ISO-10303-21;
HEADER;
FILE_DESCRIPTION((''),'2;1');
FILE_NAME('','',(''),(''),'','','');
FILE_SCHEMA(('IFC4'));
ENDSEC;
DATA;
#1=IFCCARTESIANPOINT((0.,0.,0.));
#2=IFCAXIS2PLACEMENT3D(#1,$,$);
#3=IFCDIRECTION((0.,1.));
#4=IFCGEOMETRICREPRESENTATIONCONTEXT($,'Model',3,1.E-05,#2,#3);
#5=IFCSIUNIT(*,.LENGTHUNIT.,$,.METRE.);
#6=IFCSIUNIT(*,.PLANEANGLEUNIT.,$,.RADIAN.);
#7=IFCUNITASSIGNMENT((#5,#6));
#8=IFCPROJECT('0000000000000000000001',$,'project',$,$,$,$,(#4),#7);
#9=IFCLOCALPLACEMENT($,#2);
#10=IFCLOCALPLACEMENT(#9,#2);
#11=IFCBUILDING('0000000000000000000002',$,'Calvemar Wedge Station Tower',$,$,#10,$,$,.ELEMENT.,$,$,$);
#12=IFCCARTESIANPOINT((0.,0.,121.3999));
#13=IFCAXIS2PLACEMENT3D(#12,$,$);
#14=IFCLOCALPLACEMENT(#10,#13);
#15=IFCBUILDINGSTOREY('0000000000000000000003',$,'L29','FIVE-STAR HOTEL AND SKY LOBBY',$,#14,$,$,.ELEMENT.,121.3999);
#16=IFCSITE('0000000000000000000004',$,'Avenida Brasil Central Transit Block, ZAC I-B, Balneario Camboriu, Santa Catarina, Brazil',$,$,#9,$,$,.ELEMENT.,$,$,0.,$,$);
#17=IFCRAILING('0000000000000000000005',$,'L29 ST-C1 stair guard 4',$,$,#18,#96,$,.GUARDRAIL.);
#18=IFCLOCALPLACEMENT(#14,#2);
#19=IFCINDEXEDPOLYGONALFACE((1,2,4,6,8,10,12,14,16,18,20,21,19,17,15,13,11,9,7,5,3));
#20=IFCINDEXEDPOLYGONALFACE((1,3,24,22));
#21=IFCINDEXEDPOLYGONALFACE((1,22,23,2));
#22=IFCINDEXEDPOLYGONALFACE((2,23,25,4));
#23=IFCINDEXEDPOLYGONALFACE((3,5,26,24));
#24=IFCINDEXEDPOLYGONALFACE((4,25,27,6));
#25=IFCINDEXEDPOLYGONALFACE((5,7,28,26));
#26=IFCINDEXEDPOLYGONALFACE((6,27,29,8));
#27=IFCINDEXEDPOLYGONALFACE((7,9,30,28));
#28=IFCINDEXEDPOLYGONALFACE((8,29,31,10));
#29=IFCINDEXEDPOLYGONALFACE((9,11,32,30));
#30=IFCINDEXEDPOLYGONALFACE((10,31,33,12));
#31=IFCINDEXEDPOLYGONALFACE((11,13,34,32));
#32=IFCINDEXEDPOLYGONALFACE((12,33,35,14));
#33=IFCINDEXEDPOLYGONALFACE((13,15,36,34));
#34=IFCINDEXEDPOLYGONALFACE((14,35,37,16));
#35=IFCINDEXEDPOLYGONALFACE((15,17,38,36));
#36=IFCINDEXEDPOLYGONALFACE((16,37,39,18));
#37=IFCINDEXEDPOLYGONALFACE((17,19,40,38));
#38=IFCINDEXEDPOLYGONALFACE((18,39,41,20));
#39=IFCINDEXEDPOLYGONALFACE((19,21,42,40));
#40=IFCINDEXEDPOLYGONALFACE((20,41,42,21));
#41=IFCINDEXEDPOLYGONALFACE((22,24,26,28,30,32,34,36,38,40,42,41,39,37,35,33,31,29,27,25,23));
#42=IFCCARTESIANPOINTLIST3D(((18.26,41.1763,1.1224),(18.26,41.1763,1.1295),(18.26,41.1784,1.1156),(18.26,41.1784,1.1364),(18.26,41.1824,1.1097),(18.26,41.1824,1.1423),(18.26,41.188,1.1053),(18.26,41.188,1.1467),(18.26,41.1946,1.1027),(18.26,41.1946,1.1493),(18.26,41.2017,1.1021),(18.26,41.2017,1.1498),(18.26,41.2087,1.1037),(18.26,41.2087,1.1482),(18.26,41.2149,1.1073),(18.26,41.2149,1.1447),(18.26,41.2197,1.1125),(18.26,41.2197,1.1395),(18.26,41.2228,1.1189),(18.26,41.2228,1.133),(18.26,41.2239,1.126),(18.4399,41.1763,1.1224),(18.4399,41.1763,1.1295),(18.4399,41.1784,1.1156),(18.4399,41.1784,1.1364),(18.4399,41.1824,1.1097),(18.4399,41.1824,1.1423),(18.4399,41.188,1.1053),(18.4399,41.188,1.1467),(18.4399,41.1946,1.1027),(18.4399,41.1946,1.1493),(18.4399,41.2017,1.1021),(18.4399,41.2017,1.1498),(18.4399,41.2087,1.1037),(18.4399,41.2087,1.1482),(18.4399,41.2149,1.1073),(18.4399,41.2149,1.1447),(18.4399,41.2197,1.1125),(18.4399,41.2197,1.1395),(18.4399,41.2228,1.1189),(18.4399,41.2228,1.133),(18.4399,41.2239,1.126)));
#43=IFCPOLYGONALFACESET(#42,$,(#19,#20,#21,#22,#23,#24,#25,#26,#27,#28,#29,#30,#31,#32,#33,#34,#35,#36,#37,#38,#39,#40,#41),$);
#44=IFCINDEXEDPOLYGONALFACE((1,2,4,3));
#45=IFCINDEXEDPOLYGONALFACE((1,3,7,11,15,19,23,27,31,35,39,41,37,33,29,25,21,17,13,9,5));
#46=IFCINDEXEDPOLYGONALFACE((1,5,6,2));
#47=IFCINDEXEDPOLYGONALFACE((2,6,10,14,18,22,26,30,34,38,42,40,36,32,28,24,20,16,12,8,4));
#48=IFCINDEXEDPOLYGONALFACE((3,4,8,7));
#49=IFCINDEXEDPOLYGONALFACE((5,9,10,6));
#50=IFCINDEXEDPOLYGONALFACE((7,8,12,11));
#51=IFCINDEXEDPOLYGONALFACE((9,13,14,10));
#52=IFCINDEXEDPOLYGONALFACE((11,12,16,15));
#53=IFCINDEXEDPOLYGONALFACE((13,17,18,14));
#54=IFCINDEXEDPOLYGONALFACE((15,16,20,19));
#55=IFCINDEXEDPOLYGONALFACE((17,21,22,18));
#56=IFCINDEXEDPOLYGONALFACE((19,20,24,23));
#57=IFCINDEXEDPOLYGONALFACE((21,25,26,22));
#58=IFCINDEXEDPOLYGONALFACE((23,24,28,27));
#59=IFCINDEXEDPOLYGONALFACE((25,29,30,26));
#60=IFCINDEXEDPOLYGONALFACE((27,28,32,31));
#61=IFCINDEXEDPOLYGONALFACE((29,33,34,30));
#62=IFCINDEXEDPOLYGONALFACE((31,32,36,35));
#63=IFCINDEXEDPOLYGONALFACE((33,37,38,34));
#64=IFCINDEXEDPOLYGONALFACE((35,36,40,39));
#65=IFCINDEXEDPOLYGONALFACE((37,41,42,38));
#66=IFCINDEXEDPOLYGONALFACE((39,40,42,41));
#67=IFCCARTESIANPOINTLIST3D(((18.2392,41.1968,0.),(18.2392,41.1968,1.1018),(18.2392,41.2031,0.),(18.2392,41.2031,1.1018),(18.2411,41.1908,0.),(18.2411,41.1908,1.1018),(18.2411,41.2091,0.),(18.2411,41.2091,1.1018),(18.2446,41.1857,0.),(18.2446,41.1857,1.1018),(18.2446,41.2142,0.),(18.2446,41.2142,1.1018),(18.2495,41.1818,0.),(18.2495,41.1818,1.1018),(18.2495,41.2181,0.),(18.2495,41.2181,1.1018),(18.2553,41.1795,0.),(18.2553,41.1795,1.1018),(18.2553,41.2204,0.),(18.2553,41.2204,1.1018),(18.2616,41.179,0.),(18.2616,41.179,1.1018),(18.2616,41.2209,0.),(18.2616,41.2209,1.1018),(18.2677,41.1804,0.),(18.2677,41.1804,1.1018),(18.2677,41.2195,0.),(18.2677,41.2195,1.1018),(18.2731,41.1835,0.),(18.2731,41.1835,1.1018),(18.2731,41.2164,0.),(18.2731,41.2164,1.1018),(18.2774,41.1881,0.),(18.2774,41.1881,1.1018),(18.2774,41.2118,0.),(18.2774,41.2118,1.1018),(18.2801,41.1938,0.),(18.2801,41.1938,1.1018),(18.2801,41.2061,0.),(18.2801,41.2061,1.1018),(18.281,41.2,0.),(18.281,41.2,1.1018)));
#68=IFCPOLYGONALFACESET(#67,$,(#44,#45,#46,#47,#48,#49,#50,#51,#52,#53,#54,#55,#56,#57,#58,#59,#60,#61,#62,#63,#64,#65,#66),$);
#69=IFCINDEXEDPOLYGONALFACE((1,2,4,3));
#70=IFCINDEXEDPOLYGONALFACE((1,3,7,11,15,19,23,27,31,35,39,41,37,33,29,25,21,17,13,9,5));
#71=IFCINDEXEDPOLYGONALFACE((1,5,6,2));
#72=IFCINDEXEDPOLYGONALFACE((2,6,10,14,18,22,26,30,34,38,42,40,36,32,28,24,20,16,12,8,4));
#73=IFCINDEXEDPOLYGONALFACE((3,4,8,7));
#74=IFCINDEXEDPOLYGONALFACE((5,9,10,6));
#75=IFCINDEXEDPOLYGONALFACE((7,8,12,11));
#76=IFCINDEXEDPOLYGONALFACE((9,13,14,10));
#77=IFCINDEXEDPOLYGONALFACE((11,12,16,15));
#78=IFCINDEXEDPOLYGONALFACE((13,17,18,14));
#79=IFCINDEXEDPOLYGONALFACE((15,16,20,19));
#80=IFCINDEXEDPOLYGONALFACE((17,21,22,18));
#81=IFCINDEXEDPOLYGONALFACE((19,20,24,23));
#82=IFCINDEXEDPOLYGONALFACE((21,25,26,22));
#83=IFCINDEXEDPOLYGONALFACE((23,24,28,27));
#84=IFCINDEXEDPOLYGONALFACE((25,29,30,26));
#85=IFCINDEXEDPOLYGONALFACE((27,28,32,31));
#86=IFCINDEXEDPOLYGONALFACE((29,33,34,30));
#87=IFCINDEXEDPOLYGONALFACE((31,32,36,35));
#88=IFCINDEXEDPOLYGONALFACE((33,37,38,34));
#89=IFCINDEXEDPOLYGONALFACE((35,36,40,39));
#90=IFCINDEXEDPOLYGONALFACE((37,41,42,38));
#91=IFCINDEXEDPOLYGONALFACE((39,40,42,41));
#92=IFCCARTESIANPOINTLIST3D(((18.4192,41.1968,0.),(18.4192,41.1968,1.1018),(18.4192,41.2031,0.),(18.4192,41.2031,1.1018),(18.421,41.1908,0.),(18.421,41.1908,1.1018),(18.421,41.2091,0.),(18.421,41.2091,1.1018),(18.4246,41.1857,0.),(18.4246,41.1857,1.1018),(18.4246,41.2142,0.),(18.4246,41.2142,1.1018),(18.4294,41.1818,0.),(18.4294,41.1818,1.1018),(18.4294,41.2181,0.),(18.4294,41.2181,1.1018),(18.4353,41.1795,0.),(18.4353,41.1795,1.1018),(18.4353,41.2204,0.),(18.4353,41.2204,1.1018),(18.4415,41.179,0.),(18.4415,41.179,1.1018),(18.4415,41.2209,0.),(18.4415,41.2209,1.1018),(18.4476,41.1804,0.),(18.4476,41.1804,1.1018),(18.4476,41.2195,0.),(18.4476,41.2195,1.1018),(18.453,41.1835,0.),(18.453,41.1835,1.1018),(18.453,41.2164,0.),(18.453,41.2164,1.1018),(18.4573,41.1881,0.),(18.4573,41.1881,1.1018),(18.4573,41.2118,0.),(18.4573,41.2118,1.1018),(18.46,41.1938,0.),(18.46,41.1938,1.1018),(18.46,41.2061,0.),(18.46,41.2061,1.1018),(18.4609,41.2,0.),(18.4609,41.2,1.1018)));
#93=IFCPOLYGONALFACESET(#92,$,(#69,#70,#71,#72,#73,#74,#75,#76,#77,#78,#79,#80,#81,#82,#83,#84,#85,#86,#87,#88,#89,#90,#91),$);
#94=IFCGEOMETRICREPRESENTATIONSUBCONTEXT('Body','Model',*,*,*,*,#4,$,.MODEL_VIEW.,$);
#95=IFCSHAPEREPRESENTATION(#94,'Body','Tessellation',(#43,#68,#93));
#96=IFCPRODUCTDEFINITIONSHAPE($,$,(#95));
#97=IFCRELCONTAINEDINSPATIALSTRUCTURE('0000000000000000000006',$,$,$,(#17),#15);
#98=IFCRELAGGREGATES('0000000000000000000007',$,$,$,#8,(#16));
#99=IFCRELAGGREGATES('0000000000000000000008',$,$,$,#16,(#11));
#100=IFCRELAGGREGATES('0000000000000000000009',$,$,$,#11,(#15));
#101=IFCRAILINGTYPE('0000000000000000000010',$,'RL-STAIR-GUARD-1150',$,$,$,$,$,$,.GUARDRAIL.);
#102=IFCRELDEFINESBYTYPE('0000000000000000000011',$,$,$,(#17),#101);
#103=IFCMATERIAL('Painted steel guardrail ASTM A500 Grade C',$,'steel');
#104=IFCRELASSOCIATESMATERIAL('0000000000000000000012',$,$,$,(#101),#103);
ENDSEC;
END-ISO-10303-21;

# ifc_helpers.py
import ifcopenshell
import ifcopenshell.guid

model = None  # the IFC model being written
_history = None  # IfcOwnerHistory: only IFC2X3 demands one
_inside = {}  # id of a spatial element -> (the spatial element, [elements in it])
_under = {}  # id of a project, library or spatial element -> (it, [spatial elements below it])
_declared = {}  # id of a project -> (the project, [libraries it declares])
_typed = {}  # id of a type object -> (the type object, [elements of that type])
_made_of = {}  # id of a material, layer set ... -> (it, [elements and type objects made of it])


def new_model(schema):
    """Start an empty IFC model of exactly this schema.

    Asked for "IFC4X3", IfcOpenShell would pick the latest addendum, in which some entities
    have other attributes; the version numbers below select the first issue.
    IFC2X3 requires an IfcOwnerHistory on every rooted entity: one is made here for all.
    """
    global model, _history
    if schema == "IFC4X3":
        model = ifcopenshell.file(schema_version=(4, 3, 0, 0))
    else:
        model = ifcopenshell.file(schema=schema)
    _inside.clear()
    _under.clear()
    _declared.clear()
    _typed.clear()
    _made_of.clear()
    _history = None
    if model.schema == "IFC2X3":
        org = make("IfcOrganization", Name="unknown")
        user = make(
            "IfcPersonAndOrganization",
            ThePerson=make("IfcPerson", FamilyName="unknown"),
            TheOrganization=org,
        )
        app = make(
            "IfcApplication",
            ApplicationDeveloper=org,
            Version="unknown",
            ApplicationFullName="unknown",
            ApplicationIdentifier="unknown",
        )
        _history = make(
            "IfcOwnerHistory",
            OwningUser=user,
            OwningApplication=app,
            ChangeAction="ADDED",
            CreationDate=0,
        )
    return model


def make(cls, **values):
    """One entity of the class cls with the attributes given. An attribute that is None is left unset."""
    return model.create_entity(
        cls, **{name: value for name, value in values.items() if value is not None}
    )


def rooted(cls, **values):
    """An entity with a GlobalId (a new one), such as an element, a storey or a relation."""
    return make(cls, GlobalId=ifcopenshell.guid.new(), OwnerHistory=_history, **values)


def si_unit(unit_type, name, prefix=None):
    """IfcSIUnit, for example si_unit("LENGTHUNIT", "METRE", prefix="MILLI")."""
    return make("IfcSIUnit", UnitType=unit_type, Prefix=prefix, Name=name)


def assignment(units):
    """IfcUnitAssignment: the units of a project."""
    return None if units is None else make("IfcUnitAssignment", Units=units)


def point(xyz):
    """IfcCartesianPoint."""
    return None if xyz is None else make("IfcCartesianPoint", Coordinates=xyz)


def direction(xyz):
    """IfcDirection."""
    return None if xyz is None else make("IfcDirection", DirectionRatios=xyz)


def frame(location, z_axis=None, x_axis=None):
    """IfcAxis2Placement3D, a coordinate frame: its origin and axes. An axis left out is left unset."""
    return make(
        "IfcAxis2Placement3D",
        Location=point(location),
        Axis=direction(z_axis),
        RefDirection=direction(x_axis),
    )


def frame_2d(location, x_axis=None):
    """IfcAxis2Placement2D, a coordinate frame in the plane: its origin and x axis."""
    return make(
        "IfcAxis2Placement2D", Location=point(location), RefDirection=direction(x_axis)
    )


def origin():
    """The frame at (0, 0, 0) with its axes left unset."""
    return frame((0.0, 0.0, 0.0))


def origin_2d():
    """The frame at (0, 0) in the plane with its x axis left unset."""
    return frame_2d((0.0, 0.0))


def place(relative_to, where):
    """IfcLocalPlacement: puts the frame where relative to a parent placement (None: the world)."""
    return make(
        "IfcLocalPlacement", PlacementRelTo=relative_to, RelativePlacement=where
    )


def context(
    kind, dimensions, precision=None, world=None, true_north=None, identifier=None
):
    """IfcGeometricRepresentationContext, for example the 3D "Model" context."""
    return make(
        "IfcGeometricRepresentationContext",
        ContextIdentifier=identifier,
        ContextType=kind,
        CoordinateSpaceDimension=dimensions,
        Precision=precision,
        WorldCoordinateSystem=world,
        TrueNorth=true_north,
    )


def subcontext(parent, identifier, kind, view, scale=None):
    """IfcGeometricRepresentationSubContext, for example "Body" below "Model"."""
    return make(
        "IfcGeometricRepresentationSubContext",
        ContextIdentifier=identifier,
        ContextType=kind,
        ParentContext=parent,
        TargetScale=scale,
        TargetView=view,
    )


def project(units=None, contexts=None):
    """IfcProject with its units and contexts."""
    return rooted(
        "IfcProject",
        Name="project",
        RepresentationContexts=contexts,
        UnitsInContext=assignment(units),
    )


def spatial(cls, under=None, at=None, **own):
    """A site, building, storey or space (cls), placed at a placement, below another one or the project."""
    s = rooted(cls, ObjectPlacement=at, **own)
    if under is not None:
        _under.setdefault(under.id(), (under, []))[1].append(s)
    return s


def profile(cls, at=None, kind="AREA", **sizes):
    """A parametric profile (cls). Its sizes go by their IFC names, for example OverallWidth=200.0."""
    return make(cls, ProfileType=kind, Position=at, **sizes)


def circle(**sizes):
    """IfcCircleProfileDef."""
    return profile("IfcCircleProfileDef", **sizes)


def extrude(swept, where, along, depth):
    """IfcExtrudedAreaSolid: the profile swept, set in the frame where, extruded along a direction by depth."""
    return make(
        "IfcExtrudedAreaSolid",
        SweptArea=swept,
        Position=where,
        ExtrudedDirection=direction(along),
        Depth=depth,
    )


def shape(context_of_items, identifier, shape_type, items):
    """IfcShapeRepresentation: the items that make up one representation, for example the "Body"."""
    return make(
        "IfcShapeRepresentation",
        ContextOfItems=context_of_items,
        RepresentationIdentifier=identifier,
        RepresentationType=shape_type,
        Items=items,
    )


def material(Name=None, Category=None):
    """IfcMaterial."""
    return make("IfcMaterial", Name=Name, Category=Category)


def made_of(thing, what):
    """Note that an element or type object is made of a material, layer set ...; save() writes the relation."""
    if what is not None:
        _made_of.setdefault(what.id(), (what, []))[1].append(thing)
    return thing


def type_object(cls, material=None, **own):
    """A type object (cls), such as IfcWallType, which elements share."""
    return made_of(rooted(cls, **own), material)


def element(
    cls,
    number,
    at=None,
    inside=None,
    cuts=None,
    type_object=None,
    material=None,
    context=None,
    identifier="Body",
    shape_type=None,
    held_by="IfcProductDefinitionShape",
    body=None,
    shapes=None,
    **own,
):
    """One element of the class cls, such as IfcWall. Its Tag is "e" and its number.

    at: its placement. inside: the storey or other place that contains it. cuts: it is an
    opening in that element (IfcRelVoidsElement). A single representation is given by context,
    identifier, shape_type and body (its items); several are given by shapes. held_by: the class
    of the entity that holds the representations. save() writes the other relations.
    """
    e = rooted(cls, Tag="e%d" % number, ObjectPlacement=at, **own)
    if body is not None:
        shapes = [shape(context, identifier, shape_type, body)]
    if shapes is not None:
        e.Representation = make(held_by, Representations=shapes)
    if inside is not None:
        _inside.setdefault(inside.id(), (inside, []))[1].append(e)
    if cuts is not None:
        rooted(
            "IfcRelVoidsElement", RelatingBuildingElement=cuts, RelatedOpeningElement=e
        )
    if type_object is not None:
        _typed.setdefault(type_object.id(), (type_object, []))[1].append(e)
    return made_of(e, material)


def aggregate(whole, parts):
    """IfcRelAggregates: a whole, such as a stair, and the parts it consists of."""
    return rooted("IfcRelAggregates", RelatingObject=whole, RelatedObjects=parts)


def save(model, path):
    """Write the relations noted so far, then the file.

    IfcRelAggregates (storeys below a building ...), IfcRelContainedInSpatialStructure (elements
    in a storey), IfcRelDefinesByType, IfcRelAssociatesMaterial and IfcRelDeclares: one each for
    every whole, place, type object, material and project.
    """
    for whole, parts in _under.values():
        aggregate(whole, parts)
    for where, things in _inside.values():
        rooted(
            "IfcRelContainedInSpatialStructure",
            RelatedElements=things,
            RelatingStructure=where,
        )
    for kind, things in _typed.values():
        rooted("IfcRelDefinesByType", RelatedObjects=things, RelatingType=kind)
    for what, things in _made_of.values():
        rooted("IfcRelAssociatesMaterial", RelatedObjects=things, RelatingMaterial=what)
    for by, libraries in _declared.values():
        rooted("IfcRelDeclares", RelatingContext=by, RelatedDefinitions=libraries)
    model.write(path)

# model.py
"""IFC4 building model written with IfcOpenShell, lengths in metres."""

from ifc_helpers import new_model, si_unit, direction, frame, origin, origin_2d, place, context, subcontext, project, spatial, circle, extrude, material, type_object, element, save


model = new_model("IFC4")

# Units and contexts
model_context = context("Model", 3, precision=1e-05, world=origin(), true_north=direction((0.0, 1.0)))
body_context = subcontext(model_context, "Body", "Model", "MODEL_VIEW")
ifc_project = project(units=[si_unit("LENGTHUNIT", "METRE"), si_unit("PLANEANGLEUNIT", "RADIAN")], contexts=[model_context])

# Site, building, storey
site_placement = place(None, origin())
site = spatial("IfcSite", under=ifc_project, at=site_placement, Name="Avenida Brasil Central Transit Block, ZAC I-B, Balneario Camboriu, Santa Catarina, Brazil", CompositionType="ELEMENT", RefElevation=0.0)
building_placement = place(site_placement, origin())
building = spatial("IfcBuilding", under=site, at=building_placement, Name="Calvemar Wedge Station Tower", CompositionType="ELEMENT")
storey_placement = place(building_placement, frame((0.0, 0.0, 121.3999)))
storey = spatial("IfcBuildingStorey", under=building, at=storey_placement, Name="L29", Description="FIVE-STAR HOTEL AND SKY LOBBY", CompositionType="ELEMENT", Elevation=121.3999)

# Railing
ifc_material_1 = material(Name="Painted steel guardrail ASTM A500 Grade C", Category="steel")
railing_type_1 = type_object("IfcRailingType", Name="RL-STAIR-GUARD-1150", PredefinedType="GUARDRAIL", material=ifc_material_1)
railing_1_placement = place(storey_placement, frame((18.26, 41.2, 0.0)))
element("IfcRailing", 1, at=railing_1_placement, inside=storey, type_object=railing_type_1, Name="L29 ST-C1 stair guard 4", PredefinedType="GUARDRAIL", context=body_context, shape_type="SweptSolid", body=[
    extrude(circle(Radius=0.0239, at=origin_2d()), frame((0.0, 0.0, 1.126), z_axis=(1.0, 0.0, 0.0), x_axis=(0.0, 1.0, 0.0)), (0.0, 0.0, 1.0), 0.1799),
    extrude(circle(Radius=0.021, at=origin_2d()), origin(), (0.0, 0.0, 1.0), 1.1018),
    extrude(circle(Radius=0.021, at=origin_2d()), frame((0.1799, 0.0, 0.0)), (0.0, 0.0, 1.0), 1.1018),
])

save(model, "model.ifc")
